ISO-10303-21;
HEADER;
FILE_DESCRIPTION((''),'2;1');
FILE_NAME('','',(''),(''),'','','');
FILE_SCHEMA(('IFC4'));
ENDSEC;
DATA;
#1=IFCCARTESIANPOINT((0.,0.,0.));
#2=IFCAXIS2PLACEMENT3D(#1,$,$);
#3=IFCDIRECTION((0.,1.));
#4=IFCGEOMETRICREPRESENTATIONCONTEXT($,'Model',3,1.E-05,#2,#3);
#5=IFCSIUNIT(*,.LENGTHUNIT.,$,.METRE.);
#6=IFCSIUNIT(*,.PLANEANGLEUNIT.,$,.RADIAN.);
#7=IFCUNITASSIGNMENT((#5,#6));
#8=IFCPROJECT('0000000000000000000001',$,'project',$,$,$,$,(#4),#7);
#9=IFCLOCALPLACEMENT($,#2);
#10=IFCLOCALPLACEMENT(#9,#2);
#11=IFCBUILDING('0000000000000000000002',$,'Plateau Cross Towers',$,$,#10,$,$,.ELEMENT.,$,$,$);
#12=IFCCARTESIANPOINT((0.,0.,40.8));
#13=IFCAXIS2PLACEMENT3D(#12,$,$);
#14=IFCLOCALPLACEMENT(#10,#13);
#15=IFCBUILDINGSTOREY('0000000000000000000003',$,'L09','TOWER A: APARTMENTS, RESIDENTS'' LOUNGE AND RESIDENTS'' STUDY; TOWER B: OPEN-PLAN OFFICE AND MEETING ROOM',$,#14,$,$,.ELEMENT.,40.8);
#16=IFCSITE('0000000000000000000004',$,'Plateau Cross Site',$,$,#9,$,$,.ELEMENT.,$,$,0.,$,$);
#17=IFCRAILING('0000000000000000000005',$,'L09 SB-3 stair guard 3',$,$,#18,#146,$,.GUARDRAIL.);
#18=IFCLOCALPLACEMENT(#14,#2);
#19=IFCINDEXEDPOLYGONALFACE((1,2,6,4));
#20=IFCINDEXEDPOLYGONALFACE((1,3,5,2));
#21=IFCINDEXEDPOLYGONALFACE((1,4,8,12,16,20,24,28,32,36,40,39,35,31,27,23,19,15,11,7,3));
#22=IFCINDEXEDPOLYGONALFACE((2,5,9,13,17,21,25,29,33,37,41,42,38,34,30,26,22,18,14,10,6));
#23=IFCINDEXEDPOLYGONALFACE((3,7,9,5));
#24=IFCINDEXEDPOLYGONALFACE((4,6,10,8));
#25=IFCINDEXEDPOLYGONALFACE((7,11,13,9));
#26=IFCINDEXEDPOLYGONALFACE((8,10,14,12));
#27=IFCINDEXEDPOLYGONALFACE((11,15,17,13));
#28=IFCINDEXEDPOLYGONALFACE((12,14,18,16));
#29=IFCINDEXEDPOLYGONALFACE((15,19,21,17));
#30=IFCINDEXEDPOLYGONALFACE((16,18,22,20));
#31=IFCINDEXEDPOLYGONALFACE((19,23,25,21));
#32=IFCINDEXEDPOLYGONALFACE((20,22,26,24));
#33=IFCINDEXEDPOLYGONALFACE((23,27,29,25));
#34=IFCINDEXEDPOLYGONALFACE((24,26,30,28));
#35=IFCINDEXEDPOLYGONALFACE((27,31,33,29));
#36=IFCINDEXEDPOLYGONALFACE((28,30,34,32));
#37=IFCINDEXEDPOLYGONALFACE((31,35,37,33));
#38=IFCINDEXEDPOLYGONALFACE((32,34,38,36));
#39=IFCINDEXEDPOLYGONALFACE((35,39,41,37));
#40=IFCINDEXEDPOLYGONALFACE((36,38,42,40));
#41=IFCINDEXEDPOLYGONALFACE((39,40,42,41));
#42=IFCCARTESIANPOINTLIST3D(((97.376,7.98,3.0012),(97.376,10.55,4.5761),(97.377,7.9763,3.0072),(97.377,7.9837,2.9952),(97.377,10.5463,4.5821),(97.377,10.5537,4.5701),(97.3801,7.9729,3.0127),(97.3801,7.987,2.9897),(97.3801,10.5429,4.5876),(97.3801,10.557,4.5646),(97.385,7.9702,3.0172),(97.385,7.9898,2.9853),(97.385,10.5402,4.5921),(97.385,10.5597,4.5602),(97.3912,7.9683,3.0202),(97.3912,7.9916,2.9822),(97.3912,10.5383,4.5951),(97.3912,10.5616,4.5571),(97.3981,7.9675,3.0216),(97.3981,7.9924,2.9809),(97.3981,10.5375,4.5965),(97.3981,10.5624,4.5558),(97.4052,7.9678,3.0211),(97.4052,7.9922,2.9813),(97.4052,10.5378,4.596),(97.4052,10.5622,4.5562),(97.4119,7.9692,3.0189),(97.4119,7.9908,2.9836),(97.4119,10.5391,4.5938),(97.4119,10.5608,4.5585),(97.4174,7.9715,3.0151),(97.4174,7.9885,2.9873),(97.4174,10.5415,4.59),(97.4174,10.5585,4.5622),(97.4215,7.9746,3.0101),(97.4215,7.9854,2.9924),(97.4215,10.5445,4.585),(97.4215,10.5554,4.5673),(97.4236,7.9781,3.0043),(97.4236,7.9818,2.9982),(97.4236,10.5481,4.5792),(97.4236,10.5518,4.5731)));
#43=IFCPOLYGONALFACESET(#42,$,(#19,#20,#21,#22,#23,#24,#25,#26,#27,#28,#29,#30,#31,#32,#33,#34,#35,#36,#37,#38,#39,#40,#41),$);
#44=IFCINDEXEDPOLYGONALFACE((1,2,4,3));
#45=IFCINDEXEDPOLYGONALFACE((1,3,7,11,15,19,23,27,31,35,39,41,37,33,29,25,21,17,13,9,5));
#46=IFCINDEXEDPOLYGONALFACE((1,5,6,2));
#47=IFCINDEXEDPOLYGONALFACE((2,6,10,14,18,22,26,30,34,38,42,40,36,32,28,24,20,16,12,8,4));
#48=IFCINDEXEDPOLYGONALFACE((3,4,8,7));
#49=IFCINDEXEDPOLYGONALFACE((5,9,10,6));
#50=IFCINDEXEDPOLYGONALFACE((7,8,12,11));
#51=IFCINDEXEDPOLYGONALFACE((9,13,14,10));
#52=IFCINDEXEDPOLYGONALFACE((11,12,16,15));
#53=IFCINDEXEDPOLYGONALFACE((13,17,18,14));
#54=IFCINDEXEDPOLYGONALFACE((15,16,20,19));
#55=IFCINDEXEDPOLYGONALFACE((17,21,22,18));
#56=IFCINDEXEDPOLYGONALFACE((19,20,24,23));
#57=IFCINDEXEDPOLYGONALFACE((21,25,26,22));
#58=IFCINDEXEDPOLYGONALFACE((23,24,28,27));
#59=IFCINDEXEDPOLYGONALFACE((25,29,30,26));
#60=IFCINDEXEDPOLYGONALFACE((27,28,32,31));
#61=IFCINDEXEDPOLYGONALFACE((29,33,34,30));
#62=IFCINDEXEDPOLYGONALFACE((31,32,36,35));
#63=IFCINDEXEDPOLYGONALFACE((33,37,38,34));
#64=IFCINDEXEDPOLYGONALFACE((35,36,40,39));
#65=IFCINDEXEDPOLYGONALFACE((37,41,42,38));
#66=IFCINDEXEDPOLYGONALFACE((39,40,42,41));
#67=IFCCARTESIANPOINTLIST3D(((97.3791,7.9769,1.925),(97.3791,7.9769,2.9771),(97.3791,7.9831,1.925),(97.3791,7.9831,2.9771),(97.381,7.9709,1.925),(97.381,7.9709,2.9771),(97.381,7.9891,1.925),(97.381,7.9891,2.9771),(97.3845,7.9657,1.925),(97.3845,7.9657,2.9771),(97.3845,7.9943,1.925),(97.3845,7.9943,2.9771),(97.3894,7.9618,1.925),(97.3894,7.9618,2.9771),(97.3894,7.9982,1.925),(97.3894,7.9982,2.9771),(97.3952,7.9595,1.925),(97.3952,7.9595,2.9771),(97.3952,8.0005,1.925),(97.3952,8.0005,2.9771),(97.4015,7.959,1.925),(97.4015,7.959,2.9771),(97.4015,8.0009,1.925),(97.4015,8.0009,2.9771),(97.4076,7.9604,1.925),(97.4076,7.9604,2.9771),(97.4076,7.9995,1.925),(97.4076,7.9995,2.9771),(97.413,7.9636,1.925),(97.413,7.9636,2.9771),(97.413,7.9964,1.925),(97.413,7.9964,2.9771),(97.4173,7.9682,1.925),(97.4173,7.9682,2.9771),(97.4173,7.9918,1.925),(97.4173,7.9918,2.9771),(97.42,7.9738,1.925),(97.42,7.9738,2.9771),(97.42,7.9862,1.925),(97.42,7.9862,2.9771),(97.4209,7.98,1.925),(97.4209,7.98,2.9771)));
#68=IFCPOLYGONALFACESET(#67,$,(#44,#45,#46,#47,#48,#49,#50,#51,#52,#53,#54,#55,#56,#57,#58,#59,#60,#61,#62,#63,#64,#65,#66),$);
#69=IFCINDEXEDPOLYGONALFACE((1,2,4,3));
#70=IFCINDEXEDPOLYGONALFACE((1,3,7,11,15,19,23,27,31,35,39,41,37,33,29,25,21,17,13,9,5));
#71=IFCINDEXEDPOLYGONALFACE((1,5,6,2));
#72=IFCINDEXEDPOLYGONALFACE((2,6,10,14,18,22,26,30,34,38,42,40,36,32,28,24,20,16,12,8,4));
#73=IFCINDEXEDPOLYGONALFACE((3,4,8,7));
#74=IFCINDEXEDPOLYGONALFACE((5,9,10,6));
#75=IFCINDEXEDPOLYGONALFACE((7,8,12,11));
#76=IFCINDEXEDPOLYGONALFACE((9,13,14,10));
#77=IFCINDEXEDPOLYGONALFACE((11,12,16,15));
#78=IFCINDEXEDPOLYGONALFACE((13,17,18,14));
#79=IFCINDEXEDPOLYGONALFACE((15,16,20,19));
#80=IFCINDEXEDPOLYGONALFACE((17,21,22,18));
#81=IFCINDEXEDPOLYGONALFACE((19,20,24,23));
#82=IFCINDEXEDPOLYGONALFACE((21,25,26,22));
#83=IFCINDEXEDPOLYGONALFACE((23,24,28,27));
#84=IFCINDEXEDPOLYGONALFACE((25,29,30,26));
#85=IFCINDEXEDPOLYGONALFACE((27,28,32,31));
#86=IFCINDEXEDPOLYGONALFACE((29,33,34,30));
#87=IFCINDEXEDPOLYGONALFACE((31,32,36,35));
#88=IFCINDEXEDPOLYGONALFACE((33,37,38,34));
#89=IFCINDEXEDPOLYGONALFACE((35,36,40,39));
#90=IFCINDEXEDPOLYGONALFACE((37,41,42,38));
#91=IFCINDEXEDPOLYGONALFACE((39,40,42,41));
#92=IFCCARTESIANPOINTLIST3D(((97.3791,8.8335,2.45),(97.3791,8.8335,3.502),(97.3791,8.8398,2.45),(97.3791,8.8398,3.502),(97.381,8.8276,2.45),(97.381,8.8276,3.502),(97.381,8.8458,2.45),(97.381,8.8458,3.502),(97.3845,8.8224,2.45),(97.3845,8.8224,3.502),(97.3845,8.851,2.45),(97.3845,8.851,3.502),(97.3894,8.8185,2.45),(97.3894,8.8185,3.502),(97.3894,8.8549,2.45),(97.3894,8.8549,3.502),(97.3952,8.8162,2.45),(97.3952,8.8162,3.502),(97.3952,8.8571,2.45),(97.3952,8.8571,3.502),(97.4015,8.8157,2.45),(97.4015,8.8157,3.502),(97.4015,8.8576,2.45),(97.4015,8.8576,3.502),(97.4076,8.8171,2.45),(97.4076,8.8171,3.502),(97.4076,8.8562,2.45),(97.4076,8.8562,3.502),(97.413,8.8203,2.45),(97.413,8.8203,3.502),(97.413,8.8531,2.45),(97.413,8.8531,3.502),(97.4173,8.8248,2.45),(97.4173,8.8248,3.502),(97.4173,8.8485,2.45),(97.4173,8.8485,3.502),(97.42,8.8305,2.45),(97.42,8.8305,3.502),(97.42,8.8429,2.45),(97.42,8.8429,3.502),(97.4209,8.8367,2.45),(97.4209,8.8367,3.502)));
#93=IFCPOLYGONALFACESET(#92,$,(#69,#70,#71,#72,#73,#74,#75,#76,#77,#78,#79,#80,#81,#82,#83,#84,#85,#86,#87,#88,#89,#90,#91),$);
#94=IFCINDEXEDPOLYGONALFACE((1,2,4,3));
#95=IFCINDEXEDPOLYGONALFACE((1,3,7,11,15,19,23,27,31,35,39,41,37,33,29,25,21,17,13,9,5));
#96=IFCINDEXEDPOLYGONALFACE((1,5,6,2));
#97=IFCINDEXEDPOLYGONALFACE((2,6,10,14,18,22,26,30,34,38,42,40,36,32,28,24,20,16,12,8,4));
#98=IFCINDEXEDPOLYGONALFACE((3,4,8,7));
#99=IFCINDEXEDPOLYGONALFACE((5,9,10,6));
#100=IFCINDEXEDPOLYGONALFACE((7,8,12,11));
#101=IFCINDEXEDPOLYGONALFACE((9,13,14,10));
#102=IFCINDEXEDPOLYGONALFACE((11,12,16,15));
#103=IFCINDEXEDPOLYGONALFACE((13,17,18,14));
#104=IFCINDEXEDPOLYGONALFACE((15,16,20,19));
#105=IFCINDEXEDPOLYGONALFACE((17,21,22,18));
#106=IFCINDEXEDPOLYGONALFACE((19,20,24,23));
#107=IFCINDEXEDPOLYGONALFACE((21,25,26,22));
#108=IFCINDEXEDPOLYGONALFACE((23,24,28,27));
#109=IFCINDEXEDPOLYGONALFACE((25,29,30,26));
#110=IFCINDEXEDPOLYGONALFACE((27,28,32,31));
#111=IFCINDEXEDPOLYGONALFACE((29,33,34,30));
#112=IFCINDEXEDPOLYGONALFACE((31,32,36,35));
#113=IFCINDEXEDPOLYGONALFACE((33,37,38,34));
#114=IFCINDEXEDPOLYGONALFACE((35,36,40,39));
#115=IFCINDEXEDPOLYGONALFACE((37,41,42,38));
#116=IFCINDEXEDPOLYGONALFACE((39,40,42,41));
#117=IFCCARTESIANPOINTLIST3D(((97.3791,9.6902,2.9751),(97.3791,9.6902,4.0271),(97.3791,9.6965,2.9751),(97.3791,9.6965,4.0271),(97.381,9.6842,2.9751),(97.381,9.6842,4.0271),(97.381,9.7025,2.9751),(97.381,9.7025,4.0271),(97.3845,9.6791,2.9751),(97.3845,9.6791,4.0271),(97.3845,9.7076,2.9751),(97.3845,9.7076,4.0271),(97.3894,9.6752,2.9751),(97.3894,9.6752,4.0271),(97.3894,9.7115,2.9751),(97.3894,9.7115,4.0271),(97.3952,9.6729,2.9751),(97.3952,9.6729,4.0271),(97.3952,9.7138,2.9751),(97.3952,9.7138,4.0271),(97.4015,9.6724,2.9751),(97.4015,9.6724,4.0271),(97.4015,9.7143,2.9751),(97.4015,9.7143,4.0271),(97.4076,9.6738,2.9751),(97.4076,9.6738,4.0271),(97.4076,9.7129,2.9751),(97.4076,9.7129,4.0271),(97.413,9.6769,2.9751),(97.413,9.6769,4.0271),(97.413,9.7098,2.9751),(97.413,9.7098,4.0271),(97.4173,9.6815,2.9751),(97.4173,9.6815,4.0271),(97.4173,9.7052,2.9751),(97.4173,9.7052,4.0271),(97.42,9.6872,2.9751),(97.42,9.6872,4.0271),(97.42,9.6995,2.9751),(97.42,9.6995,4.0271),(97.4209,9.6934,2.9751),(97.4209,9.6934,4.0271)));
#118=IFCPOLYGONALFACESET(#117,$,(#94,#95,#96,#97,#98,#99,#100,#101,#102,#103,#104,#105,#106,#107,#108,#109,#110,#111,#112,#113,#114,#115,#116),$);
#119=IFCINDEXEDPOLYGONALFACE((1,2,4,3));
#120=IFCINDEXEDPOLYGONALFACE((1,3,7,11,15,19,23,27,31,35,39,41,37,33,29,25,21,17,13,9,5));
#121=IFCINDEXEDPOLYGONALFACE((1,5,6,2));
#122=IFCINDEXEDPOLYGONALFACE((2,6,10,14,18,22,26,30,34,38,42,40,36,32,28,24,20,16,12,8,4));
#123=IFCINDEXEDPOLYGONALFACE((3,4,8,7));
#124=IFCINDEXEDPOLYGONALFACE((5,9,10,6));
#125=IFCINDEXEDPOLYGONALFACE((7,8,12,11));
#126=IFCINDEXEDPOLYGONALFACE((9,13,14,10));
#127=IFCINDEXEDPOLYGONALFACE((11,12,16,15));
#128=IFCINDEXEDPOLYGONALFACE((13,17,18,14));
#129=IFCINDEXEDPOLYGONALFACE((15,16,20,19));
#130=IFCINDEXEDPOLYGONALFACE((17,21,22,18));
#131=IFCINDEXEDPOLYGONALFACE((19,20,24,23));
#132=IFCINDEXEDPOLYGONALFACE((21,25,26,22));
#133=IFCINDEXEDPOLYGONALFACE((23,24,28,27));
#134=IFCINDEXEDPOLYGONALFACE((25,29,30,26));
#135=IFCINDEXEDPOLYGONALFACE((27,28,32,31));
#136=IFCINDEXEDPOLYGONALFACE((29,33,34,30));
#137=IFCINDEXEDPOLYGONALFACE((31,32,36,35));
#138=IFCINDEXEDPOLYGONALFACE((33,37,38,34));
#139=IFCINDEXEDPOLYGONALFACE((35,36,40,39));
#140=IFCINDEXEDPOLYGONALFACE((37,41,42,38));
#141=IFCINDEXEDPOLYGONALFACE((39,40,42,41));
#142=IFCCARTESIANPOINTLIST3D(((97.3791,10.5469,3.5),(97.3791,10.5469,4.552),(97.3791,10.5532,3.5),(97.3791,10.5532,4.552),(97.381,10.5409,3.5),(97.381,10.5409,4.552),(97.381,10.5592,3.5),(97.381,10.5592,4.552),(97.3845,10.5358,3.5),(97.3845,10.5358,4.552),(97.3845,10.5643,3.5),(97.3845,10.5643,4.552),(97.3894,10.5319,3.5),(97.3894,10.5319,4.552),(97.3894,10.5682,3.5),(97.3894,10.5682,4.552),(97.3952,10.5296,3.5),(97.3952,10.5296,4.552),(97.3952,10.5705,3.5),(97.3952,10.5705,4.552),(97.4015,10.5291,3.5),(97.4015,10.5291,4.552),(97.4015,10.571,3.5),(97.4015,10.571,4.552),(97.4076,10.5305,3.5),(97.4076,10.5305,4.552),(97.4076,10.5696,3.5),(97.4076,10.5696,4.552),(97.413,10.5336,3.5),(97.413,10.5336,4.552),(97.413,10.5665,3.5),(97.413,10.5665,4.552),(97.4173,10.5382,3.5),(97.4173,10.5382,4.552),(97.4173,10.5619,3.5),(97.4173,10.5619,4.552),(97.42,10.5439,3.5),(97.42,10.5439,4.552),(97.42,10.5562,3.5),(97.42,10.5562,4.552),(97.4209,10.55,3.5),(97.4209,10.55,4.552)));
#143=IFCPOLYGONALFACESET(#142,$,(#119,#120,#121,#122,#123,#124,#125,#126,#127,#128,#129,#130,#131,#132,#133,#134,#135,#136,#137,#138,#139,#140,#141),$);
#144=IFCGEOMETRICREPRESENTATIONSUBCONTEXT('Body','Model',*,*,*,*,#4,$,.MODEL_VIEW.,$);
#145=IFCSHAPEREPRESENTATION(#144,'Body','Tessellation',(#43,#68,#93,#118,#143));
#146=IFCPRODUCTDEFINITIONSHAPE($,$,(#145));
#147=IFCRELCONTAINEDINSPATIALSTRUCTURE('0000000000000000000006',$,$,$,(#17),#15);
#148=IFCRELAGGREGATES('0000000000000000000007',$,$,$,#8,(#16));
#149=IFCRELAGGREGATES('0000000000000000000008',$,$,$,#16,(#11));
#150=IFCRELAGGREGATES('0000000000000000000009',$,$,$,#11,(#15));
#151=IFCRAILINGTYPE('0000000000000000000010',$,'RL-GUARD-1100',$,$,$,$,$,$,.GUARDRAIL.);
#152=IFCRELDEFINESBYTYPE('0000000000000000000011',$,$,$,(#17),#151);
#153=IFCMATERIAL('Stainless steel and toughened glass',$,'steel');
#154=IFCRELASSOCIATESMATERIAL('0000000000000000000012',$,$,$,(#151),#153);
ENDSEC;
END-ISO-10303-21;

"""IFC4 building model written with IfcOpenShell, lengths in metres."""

from ifc_helpers import new_model, si_unit, direction, frame, origin, origin_2d, place, context, subcontext, project, spatial, circle, extrude, material, type_object, element, save


model = new_model("IFC4")

# Units and contexts
model_context = context("Model", 3, precision=1e-05, world=origin(), true_north=direction((0.0, 1.0)))
body_context = subcontext(model_context, "Body", "Model", "MODEL_VIEW")
ifc_project = project(units=[si_unit("LENGTHUNIT", "METRE"), si_unit("PLANEANGLEUNIT", "RADIAN")], contexts=[model_context])

# Site, building, storey
site_placement = place(None, origin())
site = spatial("IfcSite", under=ifc_project, at=site_placement, Name="Plateau Cross Site", CompositionType="ELEMENT", RefElevation=0.0)
building_placement = place(site_placement, origin())
building = spatial("IfcBuilding", under=site, at=building_placement, Name="Plateau Cross Towers", CompositionType="ELEMENT")
storey_placement = place(building_placement, frame((0.0, 0.0, 40.8)))
storey = spatial("IfcBuildingStorey", under=building, at=storey_placement, Name="L09", Description="TOWER A: APARTMENTS, RESIDENTS' LOUNGE AND RESIDENTS' STUDY; TOWER B: OPEN-PLAN OFFICE AND MEETING ROOM", CompositionType="ELEMENT", Elevation=40.8)

# Railing
ifc_material_1 = material(Name="Stainless steel and toughened glass", Category="steel")
railing_type_1 = type_object("IfcRailingType", Name="RL-GUARD-1100", PredefinedType="GUARDRAIL", material=ifc_material_1)
railing_1_placement = place(storey_placement, frame((97.3999, 7.98, 1.925)))
element("IfcRailing", 1, at=railing_1_placement, inside=storey, type_object=railing_type_1, Name="L09 SB-3 stair guard 3", PredefinedType="GUARDRAIL", context=body_context, shape_type="SweptSolid", body=[
    extrude(circle(Radius=0.0239, at=origin_2d()), frame((0.0, 0.0, 1.0762), z_axis=(0.0, 0.852639, 0.522501), x_axis=(-1.0, 0.0, 0.0)), (0.0, 0.0, 1.0), 3.0142),
    extrude(circle(Radius=0.021, at=origin_2d()), origin(), (0.0, 0.0, 1.0), 1.052),
    extrude(circle(Radius=0.021, at=origin_2d()), frame((0.0, 0.8567, 0.5249)), (0.0, 0.0, 1.0), 1.052),
    extrude(circle(Radius=0.021, at=origin_2d()), frame((0.0, 1.7134, 1.05)), (0.0, 0.0, 1.0), 1.052),
    extrude(circle(Radius=0.021, at=origin_2d()), frame((0.0, 2.5701, 1.575)), (0.0, 0.0, 1.0), 1.052),
])

save(model, "model.ifc")
